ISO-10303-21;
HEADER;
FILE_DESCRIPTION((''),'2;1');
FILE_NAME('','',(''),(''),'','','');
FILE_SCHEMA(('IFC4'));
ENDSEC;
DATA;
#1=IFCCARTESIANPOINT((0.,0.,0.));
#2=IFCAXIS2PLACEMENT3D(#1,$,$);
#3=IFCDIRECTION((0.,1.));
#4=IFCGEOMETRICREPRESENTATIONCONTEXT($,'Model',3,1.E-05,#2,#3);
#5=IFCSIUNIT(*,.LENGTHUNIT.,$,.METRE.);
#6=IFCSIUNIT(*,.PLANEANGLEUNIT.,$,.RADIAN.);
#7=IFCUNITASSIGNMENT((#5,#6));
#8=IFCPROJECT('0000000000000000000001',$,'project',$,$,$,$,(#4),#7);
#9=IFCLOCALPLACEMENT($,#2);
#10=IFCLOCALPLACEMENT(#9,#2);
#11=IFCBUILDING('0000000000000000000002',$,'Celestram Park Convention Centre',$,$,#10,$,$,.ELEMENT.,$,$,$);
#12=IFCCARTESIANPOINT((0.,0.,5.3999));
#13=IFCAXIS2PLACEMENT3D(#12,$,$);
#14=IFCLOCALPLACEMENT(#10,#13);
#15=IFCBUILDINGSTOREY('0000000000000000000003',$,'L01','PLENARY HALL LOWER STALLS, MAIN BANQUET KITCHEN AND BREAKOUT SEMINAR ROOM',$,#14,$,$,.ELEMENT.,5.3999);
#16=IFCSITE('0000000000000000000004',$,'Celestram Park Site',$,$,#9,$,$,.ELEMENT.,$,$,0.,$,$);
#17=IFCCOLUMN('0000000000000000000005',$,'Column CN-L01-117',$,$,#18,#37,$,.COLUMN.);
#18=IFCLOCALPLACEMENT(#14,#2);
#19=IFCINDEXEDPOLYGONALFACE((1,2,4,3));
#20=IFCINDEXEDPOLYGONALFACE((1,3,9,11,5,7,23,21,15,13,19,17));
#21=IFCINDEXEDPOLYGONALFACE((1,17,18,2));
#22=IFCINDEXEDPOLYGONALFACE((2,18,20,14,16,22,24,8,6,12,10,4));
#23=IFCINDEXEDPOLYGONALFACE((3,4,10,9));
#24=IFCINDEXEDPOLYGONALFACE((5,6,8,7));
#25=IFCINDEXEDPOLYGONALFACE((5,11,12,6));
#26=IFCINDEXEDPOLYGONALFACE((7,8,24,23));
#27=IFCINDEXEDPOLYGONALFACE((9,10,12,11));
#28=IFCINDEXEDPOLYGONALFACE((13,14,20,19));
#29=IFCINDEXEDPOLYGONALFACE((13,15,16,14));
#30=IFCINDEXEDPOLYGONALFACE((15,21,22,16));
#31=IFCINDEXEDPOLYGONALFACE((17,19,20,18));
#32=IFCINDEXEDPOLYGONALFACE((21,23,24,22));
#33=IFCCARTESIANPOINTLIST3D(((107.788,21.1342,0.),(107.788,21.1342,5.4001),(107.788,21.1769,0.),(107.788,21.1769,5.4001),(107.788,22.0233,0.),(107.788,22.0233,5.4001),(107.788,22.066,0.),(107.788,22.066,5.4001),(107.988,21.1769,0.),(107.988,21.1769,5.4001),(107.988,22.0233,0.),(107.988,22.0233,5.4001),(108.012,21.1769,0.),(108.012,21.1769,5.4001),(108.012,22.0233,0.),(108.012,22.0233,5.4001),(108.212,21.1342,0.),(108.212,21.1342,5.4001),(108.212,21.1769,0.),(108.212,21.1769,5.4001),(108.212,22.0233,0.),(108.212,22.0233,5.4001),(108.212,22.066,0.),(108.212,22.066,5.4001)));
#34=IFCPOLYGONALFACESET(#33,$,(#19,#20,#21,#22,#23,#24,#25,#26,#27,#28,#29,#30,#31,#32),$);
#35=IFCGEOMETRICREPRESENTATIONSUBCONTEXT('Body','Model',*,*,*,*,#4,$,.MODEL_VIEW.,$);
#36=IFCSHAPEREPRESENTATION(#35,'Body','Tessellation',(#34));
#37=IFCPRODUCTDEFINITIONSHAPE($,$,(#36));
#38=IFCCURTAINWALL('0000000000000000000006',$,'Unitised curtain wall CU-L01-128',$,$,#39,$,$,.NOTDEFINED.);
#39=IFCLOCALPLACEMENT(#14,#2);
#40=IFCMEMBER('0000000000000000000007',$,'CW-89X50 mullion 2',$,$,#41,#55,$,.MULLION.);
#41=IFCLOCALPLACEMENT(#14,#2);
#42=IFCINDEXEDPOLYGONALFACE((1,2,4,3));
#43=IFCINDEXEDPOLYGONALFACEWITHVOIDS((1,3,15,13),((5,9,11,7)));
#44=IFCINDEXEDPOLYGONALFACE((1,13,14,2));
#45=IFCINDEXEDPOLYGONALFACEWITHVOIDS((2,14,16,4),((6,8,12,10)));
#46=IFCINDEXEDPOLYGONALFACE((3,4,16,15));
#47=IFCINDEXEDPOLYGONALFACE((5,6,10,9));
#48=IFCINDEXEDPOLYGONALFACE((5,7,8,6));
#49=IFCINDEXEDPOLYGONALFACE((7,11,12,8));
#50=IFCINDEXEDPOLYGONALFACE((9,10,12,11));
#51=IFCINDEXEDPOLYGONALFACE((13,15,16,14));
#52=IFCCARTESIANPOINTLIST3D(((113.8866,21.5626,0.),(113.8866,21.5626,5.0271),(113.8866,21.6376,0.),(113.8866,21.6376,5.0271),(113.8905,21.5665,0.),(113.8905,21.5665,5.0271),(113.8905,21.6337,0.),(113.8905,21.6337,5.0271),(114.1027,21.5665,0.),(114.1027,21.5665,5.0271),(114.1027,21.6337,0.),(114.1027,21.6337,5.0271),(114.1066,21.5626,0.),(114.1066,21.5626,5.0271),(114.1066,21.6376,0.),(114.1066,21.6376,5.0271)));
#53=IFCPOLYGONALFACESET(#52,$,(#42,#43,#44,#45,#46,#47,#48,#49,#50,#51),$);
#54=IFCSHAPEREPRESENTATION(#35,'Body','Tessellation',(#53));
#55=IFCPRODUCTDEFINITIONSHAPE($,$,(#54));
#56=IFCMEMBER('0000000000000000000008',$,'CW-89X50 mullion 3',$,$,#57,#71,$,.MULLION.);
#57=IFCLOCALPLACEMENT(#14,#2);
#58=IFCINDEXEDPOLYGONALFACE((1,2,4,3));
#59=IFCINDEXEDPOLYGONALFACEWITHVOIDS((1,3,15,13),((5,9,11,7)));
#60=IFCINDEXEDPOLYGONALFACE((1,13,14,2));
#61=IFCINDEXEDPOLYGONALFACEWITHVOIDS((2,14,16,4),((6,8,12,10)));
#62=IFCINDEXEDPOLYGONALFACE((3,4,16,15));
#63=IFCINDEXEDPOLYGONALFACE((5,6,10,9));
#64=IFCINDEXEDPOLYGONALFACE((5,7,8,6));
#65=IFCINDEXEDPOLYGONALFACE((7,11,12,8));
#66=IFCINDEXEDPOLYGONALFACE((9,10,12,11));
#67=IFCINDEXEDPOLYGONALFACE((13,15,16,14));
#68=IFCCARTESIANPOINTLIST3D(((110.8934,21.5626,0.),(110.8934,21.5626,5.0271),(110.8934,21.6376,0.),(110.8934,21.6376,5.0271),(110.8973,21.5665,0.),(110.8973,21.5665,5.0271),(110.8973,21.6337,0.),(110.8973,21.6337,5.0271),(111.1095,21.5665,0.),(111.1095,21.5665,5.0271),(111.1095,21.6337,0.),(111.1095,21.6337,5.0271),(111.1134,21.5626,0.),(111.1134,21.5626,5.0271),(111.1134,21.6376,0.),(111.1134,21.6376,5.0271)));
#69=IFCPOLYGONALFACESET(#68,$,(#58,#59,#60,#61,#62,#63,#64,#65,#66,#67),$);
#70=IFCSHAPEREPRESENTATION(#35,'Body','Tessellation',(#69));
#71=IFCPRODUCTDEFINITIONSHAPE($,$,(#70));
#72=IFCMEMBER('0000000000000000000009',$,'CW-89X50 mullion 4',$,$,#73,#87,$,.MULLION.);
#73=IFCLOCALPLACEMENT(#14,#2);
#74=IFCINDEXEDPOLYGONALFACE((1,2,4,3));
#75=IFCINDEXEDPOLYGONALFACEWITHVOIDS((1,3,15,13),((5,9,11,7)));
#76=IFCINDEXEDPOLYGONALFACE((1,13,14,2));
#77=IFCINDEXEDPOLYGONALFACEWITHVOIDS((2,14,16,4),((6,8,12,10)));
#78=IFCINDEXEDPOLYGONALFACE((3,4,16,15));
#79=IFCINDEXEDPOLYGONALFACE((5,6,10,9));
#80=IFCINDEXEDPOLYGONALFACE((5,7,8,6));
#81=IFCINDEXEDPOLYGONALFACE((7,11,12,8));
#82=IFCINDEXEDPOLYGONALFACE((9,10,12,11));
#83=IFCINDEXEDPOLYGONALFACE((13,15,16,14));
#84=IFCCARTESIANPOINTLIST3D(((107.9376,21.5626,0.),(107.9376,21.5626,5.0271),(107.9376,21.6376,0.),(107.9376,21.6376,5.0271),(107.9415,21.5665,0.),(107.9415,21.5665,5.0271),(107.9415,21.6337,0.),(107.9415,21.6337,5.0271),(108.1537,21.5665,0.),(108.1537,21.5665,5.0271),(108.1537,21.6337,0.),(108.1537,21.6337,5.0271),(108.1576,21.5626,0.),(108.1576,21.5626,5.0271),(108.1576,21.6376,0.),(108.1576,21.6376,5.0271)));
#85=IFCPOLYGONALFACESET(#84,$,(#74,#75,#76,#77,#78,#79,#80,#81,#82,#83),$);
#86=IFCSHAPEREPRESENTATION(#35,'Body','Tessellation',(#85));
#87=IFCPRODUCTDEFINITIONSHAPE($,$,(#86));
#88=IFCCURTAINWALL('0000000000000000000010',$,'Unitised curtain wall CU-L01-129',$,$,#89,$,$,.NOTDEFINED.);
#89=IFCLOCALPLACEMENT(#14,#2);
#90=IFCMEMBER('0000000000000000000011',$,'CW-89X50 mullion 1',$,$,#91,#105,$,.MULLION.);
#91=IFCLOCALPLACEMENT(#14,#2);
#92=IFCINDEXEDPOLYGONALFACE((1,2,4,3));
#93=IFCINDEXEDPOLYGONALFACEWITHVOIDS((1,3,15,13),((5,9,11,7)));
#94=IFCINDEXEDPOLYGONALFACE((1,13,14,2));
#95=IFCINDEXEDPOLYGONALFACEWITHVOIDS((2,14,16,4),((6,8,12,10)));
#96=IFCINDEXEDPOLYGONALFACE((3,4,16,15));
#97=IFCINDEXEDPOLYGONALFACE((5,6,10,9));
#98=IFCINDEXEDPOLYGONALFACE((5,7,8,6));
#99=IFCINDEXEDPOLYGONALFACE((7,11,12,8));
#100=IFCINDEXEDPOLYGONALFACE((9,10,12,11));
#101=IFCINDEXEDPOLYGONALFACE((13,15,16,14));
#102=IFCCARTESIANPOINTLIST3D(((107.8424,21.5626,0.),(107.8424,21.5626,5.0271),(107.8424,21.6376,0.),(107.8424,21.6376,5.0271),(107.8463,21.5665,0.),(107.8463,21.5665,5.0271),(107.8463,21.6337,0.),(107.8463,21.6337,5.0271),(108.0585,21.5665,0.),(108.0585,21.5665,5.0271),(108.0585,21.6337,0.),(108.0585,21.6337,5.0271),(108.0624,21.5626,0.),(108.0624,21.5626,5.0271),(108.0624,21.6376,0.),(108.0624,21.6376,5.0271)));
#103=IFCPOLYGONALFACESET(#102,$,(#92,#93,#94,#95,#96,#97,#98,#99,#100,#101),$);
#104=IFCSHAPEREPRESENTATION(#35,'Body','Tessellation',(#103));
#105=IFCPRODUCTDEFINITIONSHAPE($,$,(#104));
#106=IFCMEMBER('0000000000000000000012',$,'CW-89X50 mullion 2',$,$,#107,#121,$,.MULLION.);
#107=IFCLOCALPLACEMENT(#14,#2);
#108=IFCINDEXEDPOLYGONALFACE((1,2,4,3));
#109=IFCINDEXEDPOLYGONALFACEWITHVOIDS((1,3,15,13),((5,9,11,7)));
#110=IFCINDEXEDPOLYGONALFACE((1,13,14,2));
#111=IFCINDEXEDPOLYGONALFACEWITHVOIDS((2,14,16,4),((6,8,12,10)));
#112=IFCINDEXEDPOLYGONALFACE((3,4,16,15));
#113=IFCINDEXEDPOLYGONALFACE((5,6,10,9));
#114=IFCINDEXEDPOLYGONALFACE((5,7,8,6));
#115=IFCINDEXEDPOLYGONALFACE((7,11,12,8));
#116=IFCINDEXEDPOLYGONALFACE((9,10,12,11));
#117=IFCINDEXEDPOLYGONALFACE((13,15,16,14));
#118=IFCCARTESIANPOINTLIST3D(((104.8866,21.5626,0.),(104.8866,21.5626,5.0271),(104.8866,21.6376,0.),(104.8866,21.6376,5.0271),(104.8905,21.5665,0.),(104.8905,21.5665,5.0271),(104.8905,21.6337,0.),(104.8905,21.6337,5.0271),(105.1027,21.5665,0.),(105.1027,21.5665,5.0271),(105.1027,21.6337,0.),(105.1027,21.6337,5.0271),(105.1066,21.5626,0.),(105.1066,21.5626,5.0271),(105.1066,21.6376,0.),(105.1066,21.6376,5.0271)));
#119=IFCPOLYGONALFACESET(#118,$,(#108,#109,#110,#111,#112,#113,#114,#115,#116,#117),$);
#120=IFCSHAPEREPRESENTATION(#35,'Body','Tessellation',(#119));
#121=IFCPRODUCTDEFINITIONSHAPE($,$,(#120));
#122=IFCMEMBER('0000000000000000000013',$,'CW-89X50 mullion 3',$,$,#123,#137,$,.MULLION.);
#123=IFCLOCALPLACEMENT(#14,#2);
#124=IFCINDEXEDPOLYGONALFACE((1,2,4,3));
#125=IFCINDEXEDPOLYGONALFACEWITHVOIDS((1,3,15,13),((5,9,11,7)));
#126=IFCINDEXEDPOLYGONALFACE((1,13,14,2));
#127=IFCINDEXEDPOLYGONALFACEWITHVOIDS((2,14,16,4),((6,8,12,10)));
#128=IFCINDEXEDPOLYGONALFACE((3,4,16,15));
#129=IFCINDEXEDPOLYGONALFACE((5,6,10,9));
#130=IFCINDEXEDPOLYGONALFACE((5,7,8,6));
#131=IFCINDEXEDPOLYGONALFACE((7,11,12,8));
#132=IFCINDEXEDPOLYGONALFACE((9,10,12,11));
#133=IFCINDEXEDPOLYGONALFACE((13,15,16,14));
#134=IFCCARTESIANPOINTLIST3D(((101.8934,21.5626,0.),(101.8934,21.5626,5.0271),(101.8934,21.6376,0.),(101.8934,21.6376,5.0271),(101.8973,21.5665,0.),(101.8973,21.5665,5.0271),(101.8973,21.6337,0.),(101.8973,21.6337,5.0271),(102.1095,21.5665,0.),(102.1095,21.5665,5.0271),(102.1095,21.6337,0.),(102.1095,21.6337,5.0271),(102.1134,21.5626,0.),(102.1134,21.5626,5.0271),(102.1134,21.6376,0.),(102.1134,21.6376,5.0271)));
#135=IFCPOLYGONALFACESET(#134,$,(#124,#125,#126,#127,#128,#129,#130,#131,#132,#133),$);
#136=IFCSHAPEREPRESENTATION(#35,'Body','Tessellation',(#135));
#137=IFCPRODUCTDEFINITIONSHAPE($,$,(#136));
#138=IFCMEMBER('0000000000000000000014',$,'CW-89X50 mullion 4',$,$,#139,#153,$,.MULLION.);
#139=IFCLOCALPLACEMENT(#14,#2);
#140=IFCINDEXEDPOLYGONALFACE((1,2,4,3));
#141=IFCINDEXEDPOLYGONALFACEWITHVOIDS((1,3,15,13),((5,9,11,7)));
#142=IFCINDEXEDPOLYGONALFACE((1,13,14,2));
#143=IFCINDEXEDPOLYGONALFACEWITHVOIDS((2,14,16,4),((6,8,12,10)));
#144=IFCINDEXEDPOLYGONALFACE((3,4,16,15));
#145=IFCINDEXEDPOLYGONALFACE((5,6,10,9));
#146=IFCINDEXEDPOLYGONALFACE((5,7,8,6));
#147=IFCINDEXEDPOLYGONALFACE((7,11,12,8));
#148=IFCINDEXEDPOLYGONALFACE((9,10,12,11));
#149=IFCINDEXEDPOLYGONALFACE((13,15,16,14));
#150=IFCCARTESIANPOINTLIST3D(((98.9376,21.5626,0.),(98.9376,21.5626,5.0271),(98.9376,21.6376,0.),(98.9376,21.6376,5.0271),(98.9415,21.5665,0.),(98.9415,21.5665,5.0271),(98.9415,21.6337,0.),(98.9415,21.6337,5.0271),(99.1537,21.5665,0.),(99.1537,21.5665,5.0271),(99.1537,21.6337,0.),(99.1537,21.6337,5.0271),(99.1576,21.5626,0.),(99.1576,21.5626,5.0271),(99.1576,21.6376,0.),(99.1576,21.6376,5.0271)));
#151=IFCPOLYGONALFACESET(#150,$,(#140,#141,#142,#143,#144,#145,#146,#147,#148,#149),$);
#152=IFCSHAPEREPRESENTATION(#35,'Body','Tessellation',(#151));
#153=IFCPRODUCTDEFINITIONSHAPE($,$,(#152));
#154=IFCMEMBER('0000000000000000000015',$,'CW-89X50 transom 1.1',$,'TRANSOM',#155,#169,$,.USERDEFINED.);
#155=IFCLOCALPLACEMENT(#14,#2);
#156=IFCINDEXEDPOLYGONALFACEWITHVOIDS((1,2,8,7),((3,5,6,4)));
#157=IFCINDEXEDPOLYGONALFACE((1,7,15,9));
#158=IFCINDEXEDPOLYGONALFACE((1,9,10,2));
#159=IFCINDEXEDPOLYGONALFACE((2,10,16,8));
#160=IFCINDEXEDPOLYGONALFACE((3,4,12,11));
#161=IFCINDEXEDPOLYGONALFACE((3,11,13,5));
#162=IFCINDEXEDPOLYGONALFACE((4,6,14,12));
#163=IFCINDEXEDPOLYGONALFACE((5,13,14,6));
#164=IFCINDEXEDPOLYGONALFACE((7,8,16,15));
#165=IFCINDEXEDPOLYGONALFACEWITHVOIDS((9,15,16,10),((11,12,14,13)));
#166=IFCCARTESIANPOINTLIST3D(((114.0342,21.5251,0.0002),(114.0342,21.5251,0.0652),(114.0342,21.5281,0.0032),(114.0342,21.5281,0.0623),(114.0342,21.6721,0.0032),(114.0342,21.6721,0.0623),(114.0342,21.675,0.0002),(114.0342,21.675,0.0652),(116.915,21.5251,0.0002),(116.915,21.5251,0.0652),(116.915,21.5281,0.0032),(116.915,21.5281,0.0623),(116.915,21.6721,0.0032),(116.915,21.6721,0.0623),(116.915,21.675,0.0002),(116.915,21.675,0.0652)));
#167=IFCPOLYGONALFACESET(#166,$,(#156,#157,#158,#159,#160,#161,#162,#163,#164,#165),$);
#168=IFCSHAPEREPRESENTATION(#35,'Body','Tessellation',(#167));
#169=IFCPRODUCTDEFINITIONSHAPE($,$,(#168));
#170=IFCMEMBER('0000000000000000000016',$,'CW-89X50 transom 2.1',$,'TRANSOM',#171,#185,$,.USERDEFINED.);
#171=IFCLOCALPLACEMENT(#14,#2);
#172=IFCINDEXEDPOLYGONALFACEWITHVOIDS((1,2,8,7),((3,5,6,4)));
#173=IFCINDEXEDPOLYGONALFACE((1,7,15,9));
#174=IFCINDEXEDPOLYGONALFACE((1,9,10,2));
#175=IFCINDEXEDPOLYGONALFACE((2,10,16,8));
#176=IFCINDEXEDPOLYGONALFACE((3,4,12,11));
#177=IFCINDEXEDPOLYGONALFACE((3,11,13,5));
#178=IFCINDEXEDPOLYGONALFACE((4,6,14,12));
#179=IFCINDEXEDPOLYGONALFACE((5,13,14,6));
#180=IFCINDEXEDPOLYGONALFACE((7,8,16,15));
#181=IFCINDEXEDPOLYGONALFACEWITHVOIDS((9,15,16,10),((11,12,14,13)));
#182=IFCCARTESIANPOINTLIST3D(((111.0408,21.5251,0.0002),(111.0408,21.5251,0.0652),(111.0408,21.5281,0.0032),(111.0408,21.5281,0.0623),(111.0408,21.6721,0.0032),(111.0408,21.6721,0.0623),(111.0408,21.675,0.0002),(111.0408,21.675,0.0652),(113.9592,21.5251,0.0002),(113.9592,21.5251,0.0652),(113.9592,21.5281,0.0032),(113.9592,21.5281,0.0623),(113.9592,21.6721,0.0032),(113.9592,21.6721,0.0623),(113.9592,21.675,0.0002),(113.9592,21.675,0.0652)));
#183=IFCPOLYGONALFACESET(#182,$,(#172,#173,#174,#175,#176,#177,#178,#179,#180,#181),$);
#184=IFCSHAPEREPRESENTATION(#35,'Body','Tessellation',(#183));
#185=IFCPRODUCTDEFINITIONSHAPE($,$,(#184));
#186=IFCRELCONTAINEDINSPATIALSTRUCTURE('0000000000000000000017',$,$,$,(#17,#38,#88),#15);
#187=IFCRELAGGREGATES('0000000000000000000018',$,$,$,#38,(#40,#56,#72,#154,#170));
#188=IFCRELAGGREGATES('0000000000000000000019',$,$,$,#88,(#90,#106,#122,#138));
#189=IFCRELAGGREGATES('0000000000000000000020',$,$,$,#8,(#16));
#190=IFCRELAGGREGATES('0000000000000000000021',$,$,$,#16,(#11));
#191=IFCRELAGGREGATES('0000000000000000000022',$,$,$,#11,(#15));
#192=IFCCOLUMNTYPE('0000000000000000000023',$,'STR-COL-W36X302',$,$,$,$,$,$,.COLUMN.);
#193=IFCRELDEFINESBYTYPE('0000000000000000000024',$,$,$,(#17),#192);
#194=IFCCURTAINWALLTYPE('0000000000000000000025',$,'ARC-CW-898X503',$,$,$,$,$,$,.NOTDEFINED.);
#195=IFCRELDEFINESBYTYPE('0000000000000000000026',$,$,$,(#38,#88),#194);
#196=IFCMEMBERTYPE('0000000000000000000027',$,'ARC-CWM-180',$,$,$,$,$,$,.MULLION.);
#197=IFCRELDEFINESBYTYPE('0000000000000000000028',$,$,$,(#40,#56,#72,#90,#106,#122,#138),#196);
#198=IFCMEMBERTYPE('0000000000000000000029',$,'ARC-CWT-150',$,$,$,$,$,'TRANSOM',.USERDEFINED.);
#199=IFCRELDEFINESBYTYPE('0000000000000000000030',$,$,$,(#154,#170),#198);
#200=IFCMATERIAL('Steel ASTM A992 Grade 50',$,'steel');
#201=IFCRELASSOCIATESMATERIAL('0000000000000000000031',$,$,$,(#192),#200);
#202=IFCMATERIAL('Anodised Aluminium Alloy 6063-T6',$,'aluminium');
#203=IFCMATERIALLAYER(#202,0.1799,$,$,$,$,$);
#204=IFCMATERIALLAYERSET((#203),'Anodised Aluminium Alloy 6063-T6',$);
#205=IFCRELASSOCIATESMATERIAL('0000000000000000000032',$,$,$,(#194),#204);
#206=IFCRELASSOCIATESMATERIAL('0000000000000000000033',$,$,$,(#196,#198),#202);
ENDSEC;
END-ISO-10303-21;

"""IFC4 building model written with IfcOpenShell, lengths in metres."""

from ifc_helpers import new_model, si_unit, direction, frame, origin, origin_2d, place, context, subcontext, project, spatial, hollow_rectangle, i_section, extrude, material, layer, layer_set, material_profile, profile_set, type_object, element, aggregate, save


model = new_model("IFC4")

# Units and contexts
model_context = context("Model", 3, precision=1e-05, world=origin(), true_north=direction((0.0, 1.0)))
body_context = subcontext(model_context, "Body", "Model", "MODEL_VIEW")
ifc_project = project(units=[si_unit("LENGTHUNIT", "METRE"), si_unit("PLANEANGLEUNIT", "RADIAN")], contexts=[model_context])

# Site, building, storey
site_placement = place(None, origin())
site = spatial("IfcSite", under=ifc_project, at=site_placement, Name="Celestram Park Site", CompositionType="ELEMENT", RefElevation=0.0)
building_placement = place(site_placement, origin())
building = spatial("IfcBuilding", under=site, at=building_placement, Name="Celestram Park Convention Centre", CompositionType="ELEMENT")
storey_placement = place(building_placement, frame((0.0, 0.0, 5.3999)))
storey = spatial("IfcBuildingStorey", under=building, at=storey_placement, Name="L01", Description="PLENARY HALL LOWER STALLS, MAIN BANQUET KITCHEN AND BREAKOUT SEMINAR ROOM", CompositionType="ELEMENT", Elevation=5.3999)

# Column
ifc_material_1 = material(Name="Steel ASTM A992 Grade 50", Category="steel")
ifc_material_profile_1 = material_profile(ifc_material_1, i_section(OverallWidth=0.4241, OverallDepth=0.9319, WebThickness=0.0239, FlangeThickness=0.0427, at=origin_2d()), Name="W36X302")
ifc_profile_set_1 = profile_set([ifc_material_profile_1], Name="Steel ASTM A992 Grade 50")
column_type = type_object("IfcColumnType", Name="STR-COL-W36X302", PredefinedType="COLUMN", material=ifc_profile_set_1)
column_placement = place(storey_placement, frame((108.0, 21.6001, 0.0), z_axis=(0.0, 0.0, 1.0), x_axis=(1.0, 0.0, 0.0)))
element("IfcColumn", 1, at=column_placement, inside=storey, type_object=column_type, Name="Column CN-L01-117", PredefinedType="COLUMN", context=body_context, shape_type="SweptSolid", body=[
    extrude(i_section(OverallWidth=0.4241, OverallDepth=0.9319, WebThickness=0.0239, FlangeThickness=0.0427, at=origin_2d()), origin(), (0.0, 0.0, 1.0), 5.4001),
])

# Curtain walls, members
ifc_material_2 = material(Name="Anodised Aluminium Alloy 6063-T6", Category="aluminium")
ifc_layer_1 = layer(ifc_material_2, 0.1799)
ifc_layer_set_1 = layer_set([ifc_layer_1], Name="Anodised Aluminium Alloy 6063-T6")
curtain_wall_type = type_object("IfcCurtainWallType", Name="ARC-CW-898X503", PredefinedType="NOTDEFINED", material=ifc_layer_set_1)
curtain_wall_1_placement = place(storey_placement, origin())
curtain_wall_1 = element("IfcCurtainWall", 2, at=curtain_wall_1_placement, inside=storey, type_object=curtain_wall_type, Name="Unitised curtain wall CU-L01-128", PredefinedType="NOTDEFINED")
ifc_material_profile_2 = material_profile(ifc_material_2, hollow_rectangle(XDim=0.075, YDim=0.22, WallThickness=0.0039, at=origin_2d()), Name="ALU75X220X4")
ifc_profile_set_2 = profile_set([ifc_material_profile_2], Name="Anodised Aluminium Alloy 6063-T6")
member_type_1 = type_object("IfcMemberType", Name="ARC-CWM-180", PredefinedType="MULLION", material=ifc_profile_set_2)
member_1_placement = place(storey_placement, frame((113.9966, 21.6001, 0.0), z_axis=(0.0, 0.0, 1.0), x_axis=(0.0, -1.0, 0.0)))
member_1 = element("IfcMember", 3, at=member_1_placement, type_object=member_type_1, Name="CW-89X50 mullion 2", PredefinedType="MULLION", context=body_context, shape_type="SweptSolid", body=[
    extrude(hollow_rectangle(XDim=0.075, YDim=0.22, WallThickness=0.0039, at=origin_2d()), origin(), (0.0, 0.0, 1.0), 5.0271),
])
member_2_placement = place(storey_placement, frame((111.0034, 21.6001, 0.0), z_axis=(0.0, 0.0, 1.0), x_axis=(0.0, -1.0, 0.0)))
member_2 = element("IfcMember", 4, at=member_2_placement, type_object=member_type_1, Name="CW-89X50 mullion 3", PredefinedType="MULLION", context=body_context, shape_type="SweptSolid", body=[
    extrude(hollow_rectangle(XDim=0.075, YDim=0.22, WallThickness=0.0039, at=origin_2d()), origin(), (0.0, 0.0, 1.0), 5.0271),
])
member_3_placement = place(storey_placement, frame((108.0476, 21.6001, 0.0), z_axis=(0.0, 0.0, 1.0), x_axis=(0.0, -1.0, 0.0)))
member_3 = element("IfcMember", 5, at=member_3_placement, type_object=member_type_1, Name="CW-89X50 mullion 4", PredefinedType="MULLION", context=body_context, shape_type="SweptSolid", body=[
    extrude(hollow_rectangle(XDim=0.075, YDim=0.22, WallThickness=0.0039, at=origin_2d()), origin(), (0.0, 0.0, 1.0), 5.0271),
])
curtain_wall_2_placement = place(storey_placement, origin())
curtain_wall_2 = element("IfcCurtainWall", 6, at=curtain_wall_2_placement, inside=storey, type_object=curtain_wall_type, Name="Unitised curtain wall CU-L01-129", PredefinedType="NOTDEFINED")
member_4_placement = place(storey_placement, frame((107.9524, 21.6001, 0.0), z_axis=(0.0, 0.0, 1.0), x_axis=(0.0, -1.0, 0.0)))
member_4 = element("IfcMember", 7, at=member_4_placement, type_object=member_type_1, Name="CW-89X50 mullion 1", PredefinedType="MULLION", context=body_context, shape_type="SweptSolid", body=[
    extrude(hollow_rectangle(XDim=0.075, YDim=0.22, WallThickness=0.0039, at=origin_2d()), origin(), (0.0, 0.0, 1.0), 5.0271),
])
member_5_placement = place(storey_placement, frame((104.9966, 21.6001, 0.0), z_axis=(0.0, 0.0, 1.0), x_axis=(0.0, -1.0, 0.0)))
member_5 = element("IfcMember", 8, at=member_5_placement, type_object=member_type_1, Name="CW-89X50 mullion 2", PredefinedType="MULLION", context=body_context, shape_type="SweptSolid", body=[
    extrude(hollow_rectangle(XDim=0.075, YDim=0.22, WallThickness=0.0039, at=origin_2d()), origin(), (0.0, 0.0, 1.0), 5.0271),
])
member_6_placement = place(storey_placement, frame((102.0034, 21.6001, 0.0), z_axis=(0.0, 0.0, 1.0), x_axis=(0.0, -1.0, 0.0)))
member_6 = element("IfcMember", 9, at=member_6_placement, type_object=member_type_1, Name="CW-89X50 mullion 3", PredefinedType="MULLION", context=body_context, shape_type="SweptSolid", body=[
    extrude(hollow_rectangle(XDim=0.075, YDim=0.22, WallThickness=0.0039, at=origin_2d()), origin(), (0.0, 0.0, 1.0), 5.0271),
])
member_7_placement = place(storey_placement, frame((99.0476, 21.6001, 0.0), z_axis=(0.0, 0.0, 1.0), x_axis=(0.0, -1.0, 0.0)))
member_7 = element("IfcMember", 10, at=member_7_placement, type_object=member_type_1, Name="CW-89X50 mullion 4", PredefinedType="MULLION", context=body_context, shape_type="SweptSolid", body=[
    extrude(hollow_rectangle(XDim=0.075, YDim=0.22, WallThickness=0.0039, at=origin_2d()), origin(), (0.0, 0.0, 1.0), 5.0271),
])

# Members
ifc_material_profile_3 = material_profile(ifc_material_2, hollow_rectangle(XDim=0.1499, YDim=0.0649, WallThickness=0.0029, at=origin_2d()), Name="ALU150X65X3")
ifc_profile_set_3 = profile_set([ifc_material_profile_3], Name="Anodised Aluminium Alloy 6063-T6")
member_type_2 = type_object("IfcMemberType", Name="ARC-CWT-150", ElementType="TRANSOM", PredefinedType="USERDEFINED", material=ifc_profile_set_3)
member_8_placement = place(storey_placement, frame((116.915, 21.6001, 0.0327), z_axis=(-1.0, 0.0, 0.0), x_axis=(0.0, -1.0, 0.0)))
member_8 = element("IfcMember", 11, at=member_8_placement, type_object=member_type_2, Name="CW-89X50 transom 1.1", ObjectType="TRANSOM", PredefinedType="USERDEFINED", context=body_context, shape_type="SweptSolid", body=[
    extrude(hollow_rectangle(XDim=0.1499, YDim=0.0649, WallThickness=0.0029, at=origin_2d()), origin(), (0.0, 0.0, 1.0), 2.8809),
])
member_9_placement = place(storey_placement, frame((113.9592, 21.6001, 0.0327), z_axis=(-1.0, 0.0, 0.0), x_axis=(0.0, -1.0, 0.0)))
member_9 = element("IfcMember", 12, at=member_9_placement, type_object=member_type_2, Name="CW-89X50 transom 2.1", ObjectType="TRANSOM", PredefinedType="USERDEFINED", context=body_context, shape_type="SweptSolid", body=[
    extrude(hollow_rectangle(XDim=0.1499, YDim=0.0649, WallThickness=0.0029, at=origin_2d()), origin(), (0.0, 0.0, 1.0), 2.9185),
])

aggregate(curtain_wall_1, [member_1, member_2, member_3, member_8, member_9])
aggregate(curtain_wall_2, [member_4, member_5, member_6, member_7])

save(model, "model.ifc")
